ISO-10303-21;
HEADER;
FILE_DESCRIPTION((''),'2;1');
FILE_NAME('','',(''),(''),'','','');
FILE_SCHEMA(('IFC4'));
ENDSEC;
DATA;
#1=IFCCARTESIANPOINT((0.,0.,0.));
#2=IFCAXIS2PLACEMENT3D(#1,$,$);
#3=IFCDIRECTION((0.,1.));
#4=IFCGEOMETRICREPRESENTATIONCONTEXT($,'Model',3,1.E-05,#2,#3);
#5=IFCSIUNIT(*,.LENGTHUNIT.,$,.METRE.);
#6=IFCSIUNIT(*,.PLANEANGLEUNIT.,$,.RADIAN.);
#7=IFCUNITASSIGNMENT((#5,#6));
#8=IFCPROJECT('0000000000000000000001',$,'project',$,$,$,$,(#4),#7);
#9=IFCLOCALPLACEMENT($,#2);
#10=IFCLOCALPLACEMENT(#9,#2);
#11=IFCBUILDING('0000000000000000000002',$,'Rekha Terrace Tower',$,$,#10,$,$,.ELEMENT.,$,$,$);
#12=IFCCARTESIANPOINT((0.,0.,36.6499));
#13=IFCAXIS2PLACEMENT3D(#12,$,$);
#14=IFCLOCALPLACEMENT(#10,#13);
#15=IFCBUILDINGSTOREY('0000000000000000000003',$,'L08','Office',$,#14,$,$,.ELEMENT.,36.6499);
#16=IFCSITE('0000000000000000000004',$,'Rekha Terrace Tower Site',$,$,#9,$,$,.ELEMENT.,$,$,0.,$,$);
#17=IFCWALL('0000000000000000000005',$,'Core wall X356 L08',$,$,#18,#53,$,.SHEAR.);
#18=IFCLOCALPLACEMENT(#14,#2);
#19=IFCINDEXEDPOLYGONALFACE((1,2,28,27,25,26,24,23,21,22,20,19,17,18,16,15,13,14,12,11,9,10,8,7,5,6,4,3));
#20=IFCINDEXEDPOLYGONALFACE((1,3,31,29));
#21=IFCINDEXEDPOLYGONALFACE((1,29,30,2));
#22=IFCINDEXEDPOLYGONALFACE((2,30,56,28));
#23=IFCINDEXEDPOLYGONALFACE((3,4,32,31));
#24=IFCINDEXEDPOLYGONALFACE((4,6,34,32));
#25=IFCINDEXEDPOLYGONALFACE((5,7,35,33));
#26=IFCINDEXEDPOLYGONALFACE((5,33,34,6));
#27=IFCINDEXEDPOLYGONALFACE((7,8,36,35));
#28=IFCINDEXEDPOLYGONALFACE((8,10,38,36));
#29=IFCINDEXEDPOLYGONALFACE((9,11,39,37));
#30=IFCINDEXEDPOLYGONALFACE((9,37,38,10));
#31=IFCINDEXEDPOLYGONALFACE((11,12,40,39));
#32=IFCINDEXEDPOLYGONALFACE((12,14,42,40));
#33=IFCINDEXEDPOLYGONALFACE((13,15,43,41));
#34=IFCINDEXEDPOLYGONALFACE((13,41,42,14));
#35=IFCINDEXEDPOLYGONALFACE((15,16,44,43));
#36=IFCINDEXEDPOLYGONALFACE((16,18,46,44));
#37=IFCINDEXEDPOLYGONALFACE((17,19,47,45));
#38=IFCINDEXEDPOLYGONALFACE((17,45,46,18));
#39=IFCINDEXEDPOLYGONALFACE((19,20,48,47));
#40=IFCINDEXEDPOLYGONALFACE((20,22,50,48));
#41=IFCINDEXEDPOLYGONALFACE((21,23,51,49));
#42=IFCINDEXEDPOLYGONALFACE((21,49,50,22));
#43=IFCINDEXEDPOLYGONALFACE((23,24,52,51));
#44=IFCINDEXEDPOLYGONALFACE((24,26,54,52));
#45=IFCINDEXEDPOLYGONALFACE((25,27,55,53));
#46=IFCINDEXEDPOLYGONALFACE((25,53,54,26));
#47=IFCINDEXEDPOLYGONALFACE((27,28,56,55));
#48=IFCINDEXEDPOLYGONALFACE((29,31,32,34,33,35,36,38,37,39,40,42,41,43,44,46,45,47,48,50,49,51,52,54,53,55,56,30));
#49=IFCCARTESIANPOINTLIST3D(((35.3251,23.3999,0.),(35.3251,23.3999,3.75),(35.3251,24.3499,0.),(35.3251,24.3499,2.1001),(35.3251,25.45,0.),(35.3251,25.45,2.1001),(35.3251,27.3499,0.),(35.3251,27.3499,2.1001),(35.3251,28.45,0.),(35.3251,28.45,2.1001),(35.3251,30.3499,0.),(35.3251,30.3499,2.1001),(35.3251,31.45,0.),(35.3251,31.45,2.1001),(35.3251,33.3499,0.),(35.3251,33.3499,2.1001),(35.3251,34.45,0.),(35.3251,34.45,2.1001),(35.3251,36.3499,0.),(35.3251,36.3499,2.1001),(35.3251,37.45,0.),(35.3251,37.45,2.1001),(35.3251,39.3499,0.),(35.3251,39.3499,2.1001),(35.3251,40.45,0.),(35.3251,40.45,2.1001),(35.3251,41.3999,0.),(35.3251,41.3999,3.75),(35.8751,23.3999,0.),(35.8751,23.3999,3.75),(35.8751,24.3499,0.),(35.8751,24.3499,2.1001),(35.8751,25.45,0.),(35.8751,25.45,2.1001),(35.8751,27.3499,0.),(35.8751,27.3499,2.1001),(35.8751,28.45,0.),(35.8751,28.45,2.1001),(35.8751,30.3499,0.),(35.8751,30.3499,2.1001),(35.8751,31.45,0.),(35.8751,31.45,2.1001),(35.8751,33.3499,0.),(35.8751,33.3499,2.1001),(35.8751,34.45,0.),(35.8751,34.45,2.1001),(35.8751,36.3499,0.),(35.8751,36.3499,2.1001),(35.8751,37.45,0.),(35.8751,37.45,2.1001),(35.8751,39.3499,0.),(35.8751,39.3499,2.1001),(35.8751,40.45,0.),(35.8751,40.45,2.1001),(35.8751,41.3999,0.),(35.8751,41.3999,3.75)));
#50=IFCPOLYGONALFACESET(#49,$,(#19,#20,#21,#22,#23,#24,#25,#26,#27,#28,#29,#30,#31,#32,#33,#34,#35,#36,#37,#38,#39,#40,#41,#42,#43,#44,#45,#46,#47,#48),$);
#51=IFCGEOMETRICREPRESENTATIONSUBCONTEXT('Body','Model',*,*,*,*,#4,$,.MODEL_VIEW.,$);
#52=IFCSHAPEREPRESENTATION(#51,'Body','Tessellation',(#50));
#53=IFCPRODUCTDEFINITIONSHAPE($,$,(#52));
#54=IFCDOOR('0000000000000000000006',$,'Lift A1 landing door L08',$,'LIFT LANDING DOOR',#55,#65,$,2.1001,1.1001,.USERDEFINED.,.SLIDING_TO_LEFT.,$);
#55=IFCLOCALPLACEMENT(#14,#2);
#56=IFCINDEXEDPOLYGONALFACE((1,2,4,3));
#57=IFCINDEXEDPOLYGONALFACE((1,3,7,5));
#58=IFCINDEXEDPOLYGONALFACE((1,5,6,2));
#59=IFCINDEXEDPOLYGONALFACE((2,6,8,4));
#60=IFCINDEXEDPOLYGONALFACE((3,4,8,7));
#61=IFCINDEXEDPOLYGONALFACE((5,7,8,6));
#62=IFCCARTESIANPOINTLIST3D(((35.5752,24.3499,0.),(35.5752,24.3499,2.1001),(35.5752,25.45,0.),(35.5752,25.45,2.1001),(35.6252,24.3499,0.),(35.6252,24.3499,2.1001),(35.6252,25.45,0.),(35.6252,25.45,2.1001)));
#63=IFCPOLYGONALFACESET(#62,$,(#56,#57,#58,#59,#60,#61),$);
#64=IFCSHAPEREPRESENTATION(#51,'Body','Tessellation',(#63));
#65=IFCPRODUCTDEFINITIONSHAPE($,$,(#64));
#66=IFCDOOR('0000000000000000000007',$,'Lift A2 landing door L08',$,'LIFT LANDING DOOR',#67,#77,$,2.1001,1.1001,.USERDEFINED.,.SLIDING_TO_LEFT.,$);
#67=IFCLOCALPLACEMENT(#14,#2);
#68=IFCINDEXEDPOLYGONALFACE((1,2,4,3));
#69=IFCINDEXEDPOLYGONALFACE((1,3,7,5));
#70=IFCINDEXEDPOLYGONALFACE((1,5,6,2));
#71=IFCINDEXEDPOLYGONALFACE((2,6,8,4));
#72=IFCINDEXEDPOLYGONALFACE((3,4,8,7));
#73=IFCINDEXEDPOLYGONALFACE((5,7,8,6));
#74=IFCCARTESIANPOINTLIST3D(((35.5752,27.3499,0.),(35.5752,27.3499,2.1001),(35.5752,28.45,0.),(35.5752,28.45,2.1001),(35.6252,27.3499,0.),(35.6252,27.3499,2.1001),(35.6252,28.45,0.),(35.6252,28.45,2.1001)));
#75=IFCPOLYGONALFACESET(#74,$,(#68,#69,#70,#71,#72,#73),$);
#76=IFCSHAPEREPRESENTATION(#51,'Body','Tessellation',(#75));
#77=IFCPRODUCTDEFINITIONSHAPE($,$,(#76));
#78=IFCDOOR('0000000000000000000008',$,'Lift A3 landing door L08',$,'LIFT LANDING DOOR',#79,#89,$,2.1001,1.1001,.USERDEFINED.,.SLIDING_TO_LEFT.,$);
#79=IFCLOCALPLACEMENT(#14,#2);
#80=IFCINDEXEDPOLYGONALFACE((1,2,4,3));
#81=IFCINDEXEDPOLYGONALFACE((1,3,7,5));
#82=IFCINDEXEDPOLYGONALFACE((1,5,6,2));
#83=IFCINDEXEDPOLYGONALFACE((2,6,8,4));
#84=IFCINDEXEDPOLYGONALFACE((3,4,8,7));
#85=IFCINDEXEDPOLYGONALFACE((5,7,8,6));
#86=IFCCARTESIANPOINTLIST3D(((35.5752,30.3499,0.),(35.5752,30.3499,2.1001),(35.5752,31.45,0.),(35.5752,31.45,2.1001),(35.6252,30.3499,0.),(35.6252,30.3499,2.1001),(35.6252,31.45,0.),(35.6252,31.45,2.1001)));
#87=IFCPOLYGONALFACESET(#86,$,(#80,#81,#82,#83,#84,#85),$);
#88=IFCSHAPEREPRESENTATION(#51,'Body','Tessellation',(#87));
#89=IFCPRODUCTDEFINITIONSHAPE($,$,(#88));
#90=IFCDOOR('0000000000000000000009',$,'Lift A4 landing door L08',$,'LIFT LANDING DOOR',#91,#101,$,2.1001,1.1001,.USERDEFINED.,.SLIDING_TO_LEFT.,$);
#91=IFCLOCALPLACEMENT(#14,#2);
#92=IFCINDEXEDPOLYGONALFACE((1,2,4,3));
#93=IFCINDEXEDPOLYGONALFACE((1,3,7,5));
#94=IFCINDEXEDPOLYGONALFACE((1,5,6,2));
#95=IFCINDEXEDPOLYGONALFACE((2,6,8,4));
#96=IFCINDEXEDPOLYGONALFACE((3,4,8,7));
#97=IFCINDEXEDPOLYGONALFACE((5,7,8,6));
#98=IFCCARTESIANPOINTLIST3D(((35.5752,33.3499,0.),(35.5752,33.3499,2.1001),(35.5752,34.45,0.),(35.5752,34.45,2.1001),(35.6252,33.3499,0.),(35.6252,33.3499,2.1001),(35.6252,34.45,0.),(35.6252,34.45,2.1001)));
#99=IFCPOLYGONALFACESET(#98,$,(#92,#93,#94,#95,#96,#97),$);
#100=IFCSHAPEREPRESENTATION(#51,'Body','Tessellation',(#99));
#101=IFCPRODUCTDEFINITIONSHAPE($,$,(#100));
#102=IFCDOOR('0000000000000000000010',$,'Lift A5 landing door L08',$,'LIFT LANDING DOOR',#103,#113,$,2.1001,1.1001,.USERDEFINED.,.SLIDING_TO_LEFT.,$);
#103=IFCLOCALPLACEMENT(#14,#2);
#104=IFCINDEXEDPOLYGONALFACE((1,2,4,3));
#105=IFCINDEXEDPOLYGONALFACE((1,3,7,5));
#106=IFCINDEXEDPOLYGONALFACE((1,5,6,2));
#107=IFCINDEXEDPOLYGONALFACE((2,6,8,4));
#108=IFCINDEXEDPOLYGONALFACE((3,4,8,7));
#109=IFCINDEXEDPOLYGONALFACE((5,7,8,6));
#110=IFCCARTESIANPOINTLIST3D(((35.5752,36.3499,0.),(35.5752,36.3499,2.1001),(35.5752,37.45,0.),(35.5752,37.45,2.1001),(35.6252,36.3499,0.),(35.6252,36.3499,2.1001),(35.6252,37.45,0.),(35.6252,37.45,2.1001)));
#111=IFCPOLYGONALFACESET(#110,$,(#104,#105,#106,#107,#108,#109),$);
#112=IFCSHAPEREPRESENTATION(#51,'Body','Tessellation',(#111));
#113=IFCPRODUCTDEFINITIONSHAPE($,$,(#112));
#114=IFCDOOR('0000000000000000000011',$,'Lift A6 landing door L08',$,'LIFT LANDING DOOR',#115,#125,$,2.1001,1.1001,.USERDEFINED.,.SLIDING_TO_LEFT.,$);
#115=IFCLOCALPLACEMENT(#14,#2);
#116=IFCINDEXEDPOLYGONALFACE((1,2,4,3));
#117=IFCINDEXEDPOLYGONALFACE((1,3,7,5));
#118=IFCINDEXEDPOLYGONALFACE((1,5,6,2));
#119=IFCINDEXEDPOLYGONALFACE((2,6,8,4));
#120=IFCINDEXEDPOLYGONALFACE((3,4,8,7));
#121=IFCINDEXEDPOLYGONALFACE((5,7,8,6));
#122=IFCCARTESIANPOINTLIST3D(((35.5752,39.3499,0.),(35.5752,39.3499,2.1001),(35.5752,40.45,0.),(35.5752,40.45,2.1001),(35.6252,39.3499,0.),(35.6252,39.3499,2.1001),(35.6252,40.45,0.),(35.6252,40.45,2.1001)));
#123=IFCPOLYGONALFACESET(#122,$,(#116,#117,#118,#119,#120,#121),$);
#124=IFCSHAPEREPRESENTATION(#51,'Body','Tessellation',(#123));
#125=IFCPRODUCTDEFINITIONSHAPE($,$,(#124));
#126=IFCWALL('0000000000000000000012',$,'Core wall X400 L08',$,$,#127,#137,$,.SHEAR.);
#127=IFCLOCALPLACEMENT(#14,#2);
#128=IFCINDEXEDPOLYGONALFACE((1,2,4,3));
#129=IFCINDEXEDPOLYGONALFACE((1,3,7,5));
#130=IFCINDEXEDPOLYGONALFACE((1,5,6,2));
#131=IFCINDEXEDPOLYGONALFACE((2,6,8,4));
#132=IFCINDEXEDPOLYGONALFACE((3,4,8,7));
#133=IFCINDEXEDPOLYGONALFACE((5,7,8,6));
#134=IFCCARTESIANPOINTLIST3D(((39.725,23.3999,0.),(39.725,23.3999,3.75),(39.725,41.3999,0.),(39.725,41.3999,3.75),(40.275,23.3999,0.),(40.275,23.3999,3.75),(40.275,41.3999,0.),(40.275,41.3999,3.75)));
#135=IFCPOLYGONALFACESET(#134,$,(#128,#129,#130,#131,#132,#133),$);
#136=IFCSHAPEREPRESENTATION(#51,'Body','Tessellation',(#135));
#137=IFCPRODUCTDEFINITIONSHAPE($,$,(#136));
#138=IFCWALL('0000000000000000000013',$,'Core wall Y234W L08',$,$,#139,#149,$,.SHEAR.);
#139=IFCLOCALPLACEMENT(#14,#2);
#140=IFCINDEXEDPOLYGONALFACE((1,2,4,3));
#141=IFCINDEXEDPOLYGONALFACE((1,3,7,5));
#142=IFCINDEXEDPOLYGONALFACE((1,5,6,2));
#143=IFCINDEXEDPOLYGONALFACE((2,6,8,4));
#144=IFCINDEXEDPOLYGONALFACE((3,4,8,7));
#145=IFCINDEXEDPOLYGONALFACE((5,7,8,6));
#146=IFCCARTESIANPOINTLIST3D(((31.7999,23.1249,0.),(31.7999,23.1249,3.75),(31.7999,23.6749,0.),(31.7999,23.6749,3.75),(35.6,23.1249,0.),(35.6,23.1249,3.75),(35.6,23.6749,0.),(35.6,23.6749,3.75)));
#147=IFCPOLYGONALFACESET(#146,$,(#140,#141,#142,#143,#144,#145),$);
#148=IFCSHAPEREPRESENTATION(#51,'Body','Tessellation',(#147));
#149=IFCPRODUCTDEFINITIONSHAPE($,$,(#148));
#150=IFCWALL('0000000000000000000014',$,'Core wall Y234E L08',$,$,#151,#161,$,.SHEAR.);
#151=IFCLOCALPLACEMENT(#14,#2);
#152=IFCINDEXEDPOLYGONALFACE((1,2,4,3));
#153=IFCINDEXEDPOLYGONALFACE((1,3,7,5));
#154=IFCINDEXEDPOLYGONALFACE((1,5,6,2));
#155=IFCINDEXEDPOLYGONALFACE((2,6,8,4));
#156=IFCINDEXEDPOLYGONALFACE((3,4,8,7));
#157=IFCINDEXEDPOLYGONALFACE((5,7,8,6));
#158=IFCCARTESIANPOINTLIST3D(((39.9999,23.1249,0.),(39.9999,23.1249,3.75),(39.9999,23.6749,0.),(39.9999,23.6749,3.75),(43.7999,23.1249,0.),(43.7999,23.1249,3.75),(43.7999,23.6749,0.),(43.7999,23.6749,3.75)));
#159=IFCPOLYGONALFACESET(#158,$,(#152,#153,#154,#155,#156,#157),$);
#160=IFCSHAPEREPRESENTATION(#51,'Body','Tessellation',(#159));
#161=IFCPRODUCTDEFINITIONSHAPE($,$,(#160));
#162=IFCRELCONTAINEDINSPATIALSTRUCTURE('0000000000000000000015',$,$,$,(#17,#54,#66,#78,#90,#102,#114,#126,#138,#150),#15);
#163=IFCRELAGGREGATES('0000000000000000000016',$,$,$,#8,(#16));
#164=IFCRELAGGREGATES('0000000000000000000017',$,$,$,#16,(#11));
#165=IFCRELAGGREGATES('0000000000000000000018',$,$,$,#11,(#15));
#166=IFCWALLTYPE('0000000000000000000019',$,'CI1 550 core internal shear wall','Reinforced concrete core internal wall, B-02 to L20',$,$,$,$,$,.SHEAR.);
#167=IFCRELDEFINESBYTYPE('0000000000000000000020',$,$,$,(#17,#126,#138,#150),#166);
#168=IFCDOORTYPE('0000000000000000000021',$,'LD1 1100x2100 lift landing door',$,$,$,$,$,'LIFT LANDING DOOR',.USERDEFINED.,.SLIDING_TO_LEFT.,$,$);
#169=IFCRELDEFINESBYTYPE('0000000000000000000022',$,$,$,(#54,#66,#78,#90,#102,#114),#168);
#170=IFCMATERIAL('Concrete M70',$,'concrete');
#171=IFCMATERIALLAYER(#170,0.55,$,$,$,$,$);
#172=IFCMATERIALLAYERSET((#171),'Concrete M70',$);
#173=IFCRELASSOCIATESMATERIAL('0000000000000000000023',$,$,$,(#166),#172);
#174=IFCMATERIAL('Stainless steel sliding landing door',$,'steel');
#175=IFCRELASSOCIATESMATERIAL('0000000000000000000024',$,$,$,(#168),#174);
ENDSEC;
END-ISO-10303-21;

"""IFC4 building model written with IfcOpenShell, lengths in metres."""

from ifc_helpers import new_model, si_unit, direction, frame, frame_2d, origin, place, context, subcontext, project, spatial, rectangle, extrude, material, layer, layer_set, type_object, element, fill, save


model = new_model("IFC4")

# Units and contexts
model_context = context("Model", 3, precision=1e-05, world=origin(), true_north=direction((0.0, 1.0)))
body_context = subcontext(model_context, "Body", "Model", "MODEL_VIEW")
ifc_project = project(units=[si_unit("LENGTHUNIT", "METRE"), si_unit("PLANEANGLEUNIT", "RADIAN")], contexts=[model_context])

# Site, building, storey
site_placement = place(None, origin())
site = spatial("IfcSite", under=ifc_project, at=site_placement, Name="Rekha Terrace Tower Site", CompositionType="ELEMENT", RefElevation=0.0)
building_placement = place(site_placement, origin())
building = spatial("IfcBuilding", under=site, at=building_placement, Name="Rekha Terrace Tower", CompositionType="ELEMENT")
storey_placement = place(building_placement, frame((0.0, 0.0, 36.6499)))
storey = spatial("IfcBuildingStorey", under=building, at=storey_placement, Name="L08", Description="Office", CompositionType="ELEMENT", Elevation=36.6499)

# Shared definitions
ifc_material_1 = material(Name="Concrete M70", Category="concrete")

# Shared definitions
ifc_layer_1 = layer(ifc_material_1, 0.55)
ifc_layer_set_1 = layer_set([ifc_layer_1], Name="Concrete M70")
wall_type_1 = type_object("IfcWallType", Name="CI1 550 core internal shear wall", Description="Reinforced concrete core internal wall, B-02 to L20", PredefinedType="SHEAR", material=ifc_layer_set_1)

# Wall, openings, doors
wall_1_placement = place(storey_placement, frame((35.6001, 23.3999, 0.0), z_axis=(0.0, 0.0, 1.0), x_axis=(0.0, 1.0, 0.0)))
wall_1 = element("IfcWall", 1, at=wall_1_placement, inside=storey, type_object=wall_type_1, Name="Core wall X356 L08", PredefinedType="SHEAR", context=body_context, shape_type="SweptSolid", body=[
    extrude(rectangle(XDim=18.0, YDim=0.55, at=frame_2d((9.0, 0.0))), origin(), (0.0, 0.0, 1.0), 3.75),
])
opening_1_placement = place(wall_1_placement, frame((0.95, 0.0, 0.0)))
opening_1 = element("IfcOpeningElement", 2, at=opening_1_placement, cuts=wall_1, PredefinedType="OPENING", context=body_context, shape_type="SweptSolid", body=[
    extrude(rectangle(XDim=1.1001, YDim=2.1001, at=frame_2d((0.55, 1.05))), frame((0.0, 0.2849, 0.0), z_axis=(0.0, -1.0, 0.0), x_axis=(1.0, 0.0, 0.0)), (0.0, 0.0, 1.0), 0.5701),
])
opening_2_placement = place(wall_1_placement, frame((3.95, 0.0, 0.0)))
opening_2 = element("IfcOpeningElement", 3, at=opening_2_placement, cuts=wall_1, PredefinedType="OPENING", context=body_context, shape_type="SweptSolid", body=[
    extrude(rectangle(XDim=1.1001, YDim=2.1001, at=frame_2d((0.55, 1.05))), frame((0.0, 0.2849, 0.0), z_axis=(0.0, -1.0, 0.0), x_axis=(1.0, 0.0, 0.0)), (0.0, 0.0, 1.0), 0.5701),
])
opening_3_placement = place(wall_1_placement, frame((6.95, 0.0, 0.0)))
opening_3 = element("IfcOpeningElement", 4, at=opening_3_placement, cuts=wall_1, PredefinedType="OPENING", context=body_context, shape_type="SweptSolid", body=[
    extrude(rectangle(XDim=1.1001, YDim=2.1001, at=frame_2d((0.55, 1.05))), frame((0.0, 0.2849, 0.0), z_axis=(0.0, -1.0, 0.0), x_axis=(1.0, 0.0, 0.0)), (0.0, 0.0, 1.0), 0.5701),
])
opening_4_placement = place(wall_1_placement, frame((9.95, 0.0, 0.0)))
opening_4 = element("IfcOpeningElement", 5, at=opening_4_placement, cuts=wall_1, PredefinedType="OPENING", context=body_context, shape_type="SweptSolid", body=[
    extrude(rectangle(XDim=1.1001, YDim=2.1001, at=frame_2d((0.55, 1.05))), frame((0.0, 0.2849, 0.0), z_axis=(0.0, -1.0, 0.0), x_axis=(1.0, 0.0, 0.0)), (0.0, 0.0, 1.0), 0.5701),
])
opening_5_placement = place(wall_1_placement, frame((12.95, 0.0, 0.0)))
opening_5 = element("IfcOpeningElement", 6, at=opening_5_placement, cuts=wall_1, PredefinedType="OPENING", context=body_context, shape_type="SweptSolid", body=[
    extrude(rectangle(XDim=1.1001, YDim=2.1001, at=frame_2d((0.55, 1.05))), frame((0.0, 0.2849, 0.0), z_axis=(0.0, -1.0, 0.0), x_axis=(1.0, 0.0, 0.0)), (0.0, 0.0, 1.0), 0.5701),
])
opening_6_placement = place(wall_1_placement, frame((15.95, 0.0, 0.0)))
opening_6 = element("IfcOpeningElement", 7, at=opening_6_placement, cuts=wall_1, PredefinedType="OPENING", context=body_context, shape_type="SweptSolid", body=[
    extrude(rectangle(XDim=1.1001, YDim=2.1001, at=frame_2d((0.55, 1.05))), frame((0.0, 0.2849, 0.0), z_axis=(0.0, -1.0, 0.0), x_axis=(1.0, 0.0, 0.0)), (0.0, 0.0, 1.0), 0.5701),
])
ifc_material_2 = material(Name="Stainless steel sliding landing door", Category="steel")
door_type_1 = type_object("IfcDoorType", Name="LD1 1100x2100 lift landing door", ElementType="LIFT LANDING DOOR", OperationType="SLIDING_TO_LEFT", PredefinedType="USERDEFINED", material=ifc_material_2)
door_1_placement = place(opening_1_placement, origin())
door_1 = element("IfcDoor", 8, at=door_1_placement, inside=storey, type_object=door_type_1, Name="Lift A1 landing door L08", ObjectType="LIFT LANDING DOOR", OperationType="SLIDING_TO_LEFT", OverallHeight=2.1001, OverallWidth=1.1001, PredefinedType="USERDEFINED", context=body_context, shape_type="SweptSolid", body=[
    extrude(rectangle(XDim=1.1001, YDim=2.1001, at=frame_2d((0.55, 1.05))), frame((0.0, 0.0249, 0.0), z_axis=(0.0, -1.0, 0.0), x_axis=(1.0, 0.0, 0.0)), (0.0, 0.0, 1.0), 0.05),
])
fill(opening_1, door_1)
door_2_placement = place(opening_2_placement, origin())
door_2 = element("IfcDoor", 9, at=door_2_placement, inside=storey, type_object=door_type_1, Name="Lift A2 landing door L08", ObjectType="LIFT LANDING DOOR", OperationType="SLIDING_TO_LEFT", OverallHeight=2.1001, OverallWidth=1.1001, PredefinedType="USERDEFINED", context=body_context, shape_type="SweptSolid", body=[
    extrude(rectangle(XDim=1.1001, YDim=2.1001, at=frame_2d((0.55, 1.05))), frame((0.0, 0.0249, 0.0), z_axis=(0.0, -1.0, 0.0), x_axis=(1.0, 0.0, 0.0)), (0.0, 0.0, 1.0), 0.05),
])
fill(opening_2, door_2)
door_3_placement = place(opening_3_placement, origin())
door_3 = element("IfcDoor", 10, at=door_3_placement, inside=storey, type_object=door_type_1, Name="Lift A3 landing door L08", ObjectType="LIFT LANDING DOOR", OperationType="SLIDING_TO_LEFT", OverallHeight=2.1001, OverallWidth=1.1001, PredefinedType="USERDEFINED", context=body_context, shape_type="SweptSolid", body=[
    extrude(rectangle(XDim=1.1001, YDim=2.1001, at=frame_2d((0.55, 1.05))), frame((0.0, 0.0249, 0.0), z_axis=(0.0, -1.0, 0.0), x_axis=(1.0, 0.0, 0.0)), (0.0, 0.0, 1.0), 0.05),
])
fill(opening_3, door_3)
door_4_placement = place(opening_4_placement, origin())
door_4 = element("IfcDoor", 11, at=door_4_placement, inside=storey, type_object=door_type_1, Name="Lift A4 landing door L08", ObjectType="LIFT LANDING DOOR", OperationType="SLIDING_TO_LEFT", OverallHeight=2.1001, OverallWidth=1.1001, PredefinedType="USERDEFINED", context=body_context, shape_type="SweptSolid", body=[
    extrude(rectangle(XDim=1.1001, YDim=2.1001, at=frame_2d((0.55, 1.05))), frame((0.0, 0.0249, 0.0), z_axis=(0.0, -1.0, 0.0), x_axis=(1.0, 0.0, 0.0)), (0.0, 0.0, 1.0), 0.05),
])
fill(opening_4, door_4)
door_5_placement = place(opening_5_placement, origin())
door_5 = element("IfcDoor", 12, at=door_5_placement, inside=storey, type_object=door_type_1, Name="Lift A5 landing door L08", ObjectType="LIFT LANDING DOOR", OperationType="SLIDING_TO_LEFT", OverallHeight=2.1001, OverallWidth=1.1001, PredefinedType="USERDEFINED", context=body_context, shape_type="SweptSolid", body=[
    extrude(rectangle(XDim=1.1001, YDim=2.1001, at=frame_2d((0.55, 1.05))), frame((0.0, 0.0249, 0.0), z_axis=(0.0, -1.0, 0.0), x_axis=(1.0, 0.0, 0.0)), (0.0, 0.0, 1.0), 0.05),
])
fill(opening_5, door_5)
door_6_placement = place(opening_6_placement, origin())
door_6 = element("IfcDoor", 13, at=door_6_placement, inside=storey, type_object=door_type_1, Name="Lift A6 landing door L08", ObjectType="LIFT LANDING DOOR", OperationType="SLIDING_TO_LEFT", OverallHeight=2.1001, OverallWidth=1.1001, PredefinedType="USERDEFINED", context=body_context, shape_type="SweptSolid", body=[
    extrude(rectangle(XDim=1.1001, YDim=2.1001, at=frame_2d((0.55, 1.05))), frame((0.0, 0.0249, 0.0), z_axis=(0.0, -1.0, 0.0), x_axis=(1.0, 0.0, 0.0)), (0.0, 0.0, 1.0), 0.05),
])
fill(opening_6, door_6)

# Walls
wall_2_placement = place(storey_placement, frame((40.0, 23.3999, 0.0), z_axis=(0.0, 0.0, 1.0), x_axis=(0.0, 1.0, 0.0)))
element("IfcWall", 14, at=wall_2_placement, inside=storey, type_object=wall_type_1, Name="Core wall X400 L08", PredefinedType="SHEAR", context=body_context, shape_type="SweptSolid", body=[
    extrude(rectangle(XDim=18.0, YDim=0.55, at=frame_2d((9.0, 0.0))), origin(), (0.0, 0.0, 1.0), 3.75),
])
for number, where, z_axis, x_axis, name in (
    (15, (31.8, 23.3999, 0.0), (0.0, 0.0, 1.0), (1.0, 0.0, 0.0), "Core wall Y234W L08"),
    (16, (40.0, 23.3999, 0.0), (0.0, 0.0, 1.0), (1.0, 0.0, 0.0), "Core wall Y234E L08"),
):
    element("IfcWall", number, at=place(storey_placement, frame(where, z_axis=z_axis, x_axis=x_axis)), inside=storey, type_object=wall_type_1, Name=name, PredefinedType="SHEAR", context=body_context, shape_type="SweptSolid", body=[
        extrude(rectangle(XDim=3.8, YDim=0.55, at=frame_2d((1.8999, 0.0))), origin(), (0.0, 0.0, 1.0), 3.75),
    ])

save(model, "model.ifc")
